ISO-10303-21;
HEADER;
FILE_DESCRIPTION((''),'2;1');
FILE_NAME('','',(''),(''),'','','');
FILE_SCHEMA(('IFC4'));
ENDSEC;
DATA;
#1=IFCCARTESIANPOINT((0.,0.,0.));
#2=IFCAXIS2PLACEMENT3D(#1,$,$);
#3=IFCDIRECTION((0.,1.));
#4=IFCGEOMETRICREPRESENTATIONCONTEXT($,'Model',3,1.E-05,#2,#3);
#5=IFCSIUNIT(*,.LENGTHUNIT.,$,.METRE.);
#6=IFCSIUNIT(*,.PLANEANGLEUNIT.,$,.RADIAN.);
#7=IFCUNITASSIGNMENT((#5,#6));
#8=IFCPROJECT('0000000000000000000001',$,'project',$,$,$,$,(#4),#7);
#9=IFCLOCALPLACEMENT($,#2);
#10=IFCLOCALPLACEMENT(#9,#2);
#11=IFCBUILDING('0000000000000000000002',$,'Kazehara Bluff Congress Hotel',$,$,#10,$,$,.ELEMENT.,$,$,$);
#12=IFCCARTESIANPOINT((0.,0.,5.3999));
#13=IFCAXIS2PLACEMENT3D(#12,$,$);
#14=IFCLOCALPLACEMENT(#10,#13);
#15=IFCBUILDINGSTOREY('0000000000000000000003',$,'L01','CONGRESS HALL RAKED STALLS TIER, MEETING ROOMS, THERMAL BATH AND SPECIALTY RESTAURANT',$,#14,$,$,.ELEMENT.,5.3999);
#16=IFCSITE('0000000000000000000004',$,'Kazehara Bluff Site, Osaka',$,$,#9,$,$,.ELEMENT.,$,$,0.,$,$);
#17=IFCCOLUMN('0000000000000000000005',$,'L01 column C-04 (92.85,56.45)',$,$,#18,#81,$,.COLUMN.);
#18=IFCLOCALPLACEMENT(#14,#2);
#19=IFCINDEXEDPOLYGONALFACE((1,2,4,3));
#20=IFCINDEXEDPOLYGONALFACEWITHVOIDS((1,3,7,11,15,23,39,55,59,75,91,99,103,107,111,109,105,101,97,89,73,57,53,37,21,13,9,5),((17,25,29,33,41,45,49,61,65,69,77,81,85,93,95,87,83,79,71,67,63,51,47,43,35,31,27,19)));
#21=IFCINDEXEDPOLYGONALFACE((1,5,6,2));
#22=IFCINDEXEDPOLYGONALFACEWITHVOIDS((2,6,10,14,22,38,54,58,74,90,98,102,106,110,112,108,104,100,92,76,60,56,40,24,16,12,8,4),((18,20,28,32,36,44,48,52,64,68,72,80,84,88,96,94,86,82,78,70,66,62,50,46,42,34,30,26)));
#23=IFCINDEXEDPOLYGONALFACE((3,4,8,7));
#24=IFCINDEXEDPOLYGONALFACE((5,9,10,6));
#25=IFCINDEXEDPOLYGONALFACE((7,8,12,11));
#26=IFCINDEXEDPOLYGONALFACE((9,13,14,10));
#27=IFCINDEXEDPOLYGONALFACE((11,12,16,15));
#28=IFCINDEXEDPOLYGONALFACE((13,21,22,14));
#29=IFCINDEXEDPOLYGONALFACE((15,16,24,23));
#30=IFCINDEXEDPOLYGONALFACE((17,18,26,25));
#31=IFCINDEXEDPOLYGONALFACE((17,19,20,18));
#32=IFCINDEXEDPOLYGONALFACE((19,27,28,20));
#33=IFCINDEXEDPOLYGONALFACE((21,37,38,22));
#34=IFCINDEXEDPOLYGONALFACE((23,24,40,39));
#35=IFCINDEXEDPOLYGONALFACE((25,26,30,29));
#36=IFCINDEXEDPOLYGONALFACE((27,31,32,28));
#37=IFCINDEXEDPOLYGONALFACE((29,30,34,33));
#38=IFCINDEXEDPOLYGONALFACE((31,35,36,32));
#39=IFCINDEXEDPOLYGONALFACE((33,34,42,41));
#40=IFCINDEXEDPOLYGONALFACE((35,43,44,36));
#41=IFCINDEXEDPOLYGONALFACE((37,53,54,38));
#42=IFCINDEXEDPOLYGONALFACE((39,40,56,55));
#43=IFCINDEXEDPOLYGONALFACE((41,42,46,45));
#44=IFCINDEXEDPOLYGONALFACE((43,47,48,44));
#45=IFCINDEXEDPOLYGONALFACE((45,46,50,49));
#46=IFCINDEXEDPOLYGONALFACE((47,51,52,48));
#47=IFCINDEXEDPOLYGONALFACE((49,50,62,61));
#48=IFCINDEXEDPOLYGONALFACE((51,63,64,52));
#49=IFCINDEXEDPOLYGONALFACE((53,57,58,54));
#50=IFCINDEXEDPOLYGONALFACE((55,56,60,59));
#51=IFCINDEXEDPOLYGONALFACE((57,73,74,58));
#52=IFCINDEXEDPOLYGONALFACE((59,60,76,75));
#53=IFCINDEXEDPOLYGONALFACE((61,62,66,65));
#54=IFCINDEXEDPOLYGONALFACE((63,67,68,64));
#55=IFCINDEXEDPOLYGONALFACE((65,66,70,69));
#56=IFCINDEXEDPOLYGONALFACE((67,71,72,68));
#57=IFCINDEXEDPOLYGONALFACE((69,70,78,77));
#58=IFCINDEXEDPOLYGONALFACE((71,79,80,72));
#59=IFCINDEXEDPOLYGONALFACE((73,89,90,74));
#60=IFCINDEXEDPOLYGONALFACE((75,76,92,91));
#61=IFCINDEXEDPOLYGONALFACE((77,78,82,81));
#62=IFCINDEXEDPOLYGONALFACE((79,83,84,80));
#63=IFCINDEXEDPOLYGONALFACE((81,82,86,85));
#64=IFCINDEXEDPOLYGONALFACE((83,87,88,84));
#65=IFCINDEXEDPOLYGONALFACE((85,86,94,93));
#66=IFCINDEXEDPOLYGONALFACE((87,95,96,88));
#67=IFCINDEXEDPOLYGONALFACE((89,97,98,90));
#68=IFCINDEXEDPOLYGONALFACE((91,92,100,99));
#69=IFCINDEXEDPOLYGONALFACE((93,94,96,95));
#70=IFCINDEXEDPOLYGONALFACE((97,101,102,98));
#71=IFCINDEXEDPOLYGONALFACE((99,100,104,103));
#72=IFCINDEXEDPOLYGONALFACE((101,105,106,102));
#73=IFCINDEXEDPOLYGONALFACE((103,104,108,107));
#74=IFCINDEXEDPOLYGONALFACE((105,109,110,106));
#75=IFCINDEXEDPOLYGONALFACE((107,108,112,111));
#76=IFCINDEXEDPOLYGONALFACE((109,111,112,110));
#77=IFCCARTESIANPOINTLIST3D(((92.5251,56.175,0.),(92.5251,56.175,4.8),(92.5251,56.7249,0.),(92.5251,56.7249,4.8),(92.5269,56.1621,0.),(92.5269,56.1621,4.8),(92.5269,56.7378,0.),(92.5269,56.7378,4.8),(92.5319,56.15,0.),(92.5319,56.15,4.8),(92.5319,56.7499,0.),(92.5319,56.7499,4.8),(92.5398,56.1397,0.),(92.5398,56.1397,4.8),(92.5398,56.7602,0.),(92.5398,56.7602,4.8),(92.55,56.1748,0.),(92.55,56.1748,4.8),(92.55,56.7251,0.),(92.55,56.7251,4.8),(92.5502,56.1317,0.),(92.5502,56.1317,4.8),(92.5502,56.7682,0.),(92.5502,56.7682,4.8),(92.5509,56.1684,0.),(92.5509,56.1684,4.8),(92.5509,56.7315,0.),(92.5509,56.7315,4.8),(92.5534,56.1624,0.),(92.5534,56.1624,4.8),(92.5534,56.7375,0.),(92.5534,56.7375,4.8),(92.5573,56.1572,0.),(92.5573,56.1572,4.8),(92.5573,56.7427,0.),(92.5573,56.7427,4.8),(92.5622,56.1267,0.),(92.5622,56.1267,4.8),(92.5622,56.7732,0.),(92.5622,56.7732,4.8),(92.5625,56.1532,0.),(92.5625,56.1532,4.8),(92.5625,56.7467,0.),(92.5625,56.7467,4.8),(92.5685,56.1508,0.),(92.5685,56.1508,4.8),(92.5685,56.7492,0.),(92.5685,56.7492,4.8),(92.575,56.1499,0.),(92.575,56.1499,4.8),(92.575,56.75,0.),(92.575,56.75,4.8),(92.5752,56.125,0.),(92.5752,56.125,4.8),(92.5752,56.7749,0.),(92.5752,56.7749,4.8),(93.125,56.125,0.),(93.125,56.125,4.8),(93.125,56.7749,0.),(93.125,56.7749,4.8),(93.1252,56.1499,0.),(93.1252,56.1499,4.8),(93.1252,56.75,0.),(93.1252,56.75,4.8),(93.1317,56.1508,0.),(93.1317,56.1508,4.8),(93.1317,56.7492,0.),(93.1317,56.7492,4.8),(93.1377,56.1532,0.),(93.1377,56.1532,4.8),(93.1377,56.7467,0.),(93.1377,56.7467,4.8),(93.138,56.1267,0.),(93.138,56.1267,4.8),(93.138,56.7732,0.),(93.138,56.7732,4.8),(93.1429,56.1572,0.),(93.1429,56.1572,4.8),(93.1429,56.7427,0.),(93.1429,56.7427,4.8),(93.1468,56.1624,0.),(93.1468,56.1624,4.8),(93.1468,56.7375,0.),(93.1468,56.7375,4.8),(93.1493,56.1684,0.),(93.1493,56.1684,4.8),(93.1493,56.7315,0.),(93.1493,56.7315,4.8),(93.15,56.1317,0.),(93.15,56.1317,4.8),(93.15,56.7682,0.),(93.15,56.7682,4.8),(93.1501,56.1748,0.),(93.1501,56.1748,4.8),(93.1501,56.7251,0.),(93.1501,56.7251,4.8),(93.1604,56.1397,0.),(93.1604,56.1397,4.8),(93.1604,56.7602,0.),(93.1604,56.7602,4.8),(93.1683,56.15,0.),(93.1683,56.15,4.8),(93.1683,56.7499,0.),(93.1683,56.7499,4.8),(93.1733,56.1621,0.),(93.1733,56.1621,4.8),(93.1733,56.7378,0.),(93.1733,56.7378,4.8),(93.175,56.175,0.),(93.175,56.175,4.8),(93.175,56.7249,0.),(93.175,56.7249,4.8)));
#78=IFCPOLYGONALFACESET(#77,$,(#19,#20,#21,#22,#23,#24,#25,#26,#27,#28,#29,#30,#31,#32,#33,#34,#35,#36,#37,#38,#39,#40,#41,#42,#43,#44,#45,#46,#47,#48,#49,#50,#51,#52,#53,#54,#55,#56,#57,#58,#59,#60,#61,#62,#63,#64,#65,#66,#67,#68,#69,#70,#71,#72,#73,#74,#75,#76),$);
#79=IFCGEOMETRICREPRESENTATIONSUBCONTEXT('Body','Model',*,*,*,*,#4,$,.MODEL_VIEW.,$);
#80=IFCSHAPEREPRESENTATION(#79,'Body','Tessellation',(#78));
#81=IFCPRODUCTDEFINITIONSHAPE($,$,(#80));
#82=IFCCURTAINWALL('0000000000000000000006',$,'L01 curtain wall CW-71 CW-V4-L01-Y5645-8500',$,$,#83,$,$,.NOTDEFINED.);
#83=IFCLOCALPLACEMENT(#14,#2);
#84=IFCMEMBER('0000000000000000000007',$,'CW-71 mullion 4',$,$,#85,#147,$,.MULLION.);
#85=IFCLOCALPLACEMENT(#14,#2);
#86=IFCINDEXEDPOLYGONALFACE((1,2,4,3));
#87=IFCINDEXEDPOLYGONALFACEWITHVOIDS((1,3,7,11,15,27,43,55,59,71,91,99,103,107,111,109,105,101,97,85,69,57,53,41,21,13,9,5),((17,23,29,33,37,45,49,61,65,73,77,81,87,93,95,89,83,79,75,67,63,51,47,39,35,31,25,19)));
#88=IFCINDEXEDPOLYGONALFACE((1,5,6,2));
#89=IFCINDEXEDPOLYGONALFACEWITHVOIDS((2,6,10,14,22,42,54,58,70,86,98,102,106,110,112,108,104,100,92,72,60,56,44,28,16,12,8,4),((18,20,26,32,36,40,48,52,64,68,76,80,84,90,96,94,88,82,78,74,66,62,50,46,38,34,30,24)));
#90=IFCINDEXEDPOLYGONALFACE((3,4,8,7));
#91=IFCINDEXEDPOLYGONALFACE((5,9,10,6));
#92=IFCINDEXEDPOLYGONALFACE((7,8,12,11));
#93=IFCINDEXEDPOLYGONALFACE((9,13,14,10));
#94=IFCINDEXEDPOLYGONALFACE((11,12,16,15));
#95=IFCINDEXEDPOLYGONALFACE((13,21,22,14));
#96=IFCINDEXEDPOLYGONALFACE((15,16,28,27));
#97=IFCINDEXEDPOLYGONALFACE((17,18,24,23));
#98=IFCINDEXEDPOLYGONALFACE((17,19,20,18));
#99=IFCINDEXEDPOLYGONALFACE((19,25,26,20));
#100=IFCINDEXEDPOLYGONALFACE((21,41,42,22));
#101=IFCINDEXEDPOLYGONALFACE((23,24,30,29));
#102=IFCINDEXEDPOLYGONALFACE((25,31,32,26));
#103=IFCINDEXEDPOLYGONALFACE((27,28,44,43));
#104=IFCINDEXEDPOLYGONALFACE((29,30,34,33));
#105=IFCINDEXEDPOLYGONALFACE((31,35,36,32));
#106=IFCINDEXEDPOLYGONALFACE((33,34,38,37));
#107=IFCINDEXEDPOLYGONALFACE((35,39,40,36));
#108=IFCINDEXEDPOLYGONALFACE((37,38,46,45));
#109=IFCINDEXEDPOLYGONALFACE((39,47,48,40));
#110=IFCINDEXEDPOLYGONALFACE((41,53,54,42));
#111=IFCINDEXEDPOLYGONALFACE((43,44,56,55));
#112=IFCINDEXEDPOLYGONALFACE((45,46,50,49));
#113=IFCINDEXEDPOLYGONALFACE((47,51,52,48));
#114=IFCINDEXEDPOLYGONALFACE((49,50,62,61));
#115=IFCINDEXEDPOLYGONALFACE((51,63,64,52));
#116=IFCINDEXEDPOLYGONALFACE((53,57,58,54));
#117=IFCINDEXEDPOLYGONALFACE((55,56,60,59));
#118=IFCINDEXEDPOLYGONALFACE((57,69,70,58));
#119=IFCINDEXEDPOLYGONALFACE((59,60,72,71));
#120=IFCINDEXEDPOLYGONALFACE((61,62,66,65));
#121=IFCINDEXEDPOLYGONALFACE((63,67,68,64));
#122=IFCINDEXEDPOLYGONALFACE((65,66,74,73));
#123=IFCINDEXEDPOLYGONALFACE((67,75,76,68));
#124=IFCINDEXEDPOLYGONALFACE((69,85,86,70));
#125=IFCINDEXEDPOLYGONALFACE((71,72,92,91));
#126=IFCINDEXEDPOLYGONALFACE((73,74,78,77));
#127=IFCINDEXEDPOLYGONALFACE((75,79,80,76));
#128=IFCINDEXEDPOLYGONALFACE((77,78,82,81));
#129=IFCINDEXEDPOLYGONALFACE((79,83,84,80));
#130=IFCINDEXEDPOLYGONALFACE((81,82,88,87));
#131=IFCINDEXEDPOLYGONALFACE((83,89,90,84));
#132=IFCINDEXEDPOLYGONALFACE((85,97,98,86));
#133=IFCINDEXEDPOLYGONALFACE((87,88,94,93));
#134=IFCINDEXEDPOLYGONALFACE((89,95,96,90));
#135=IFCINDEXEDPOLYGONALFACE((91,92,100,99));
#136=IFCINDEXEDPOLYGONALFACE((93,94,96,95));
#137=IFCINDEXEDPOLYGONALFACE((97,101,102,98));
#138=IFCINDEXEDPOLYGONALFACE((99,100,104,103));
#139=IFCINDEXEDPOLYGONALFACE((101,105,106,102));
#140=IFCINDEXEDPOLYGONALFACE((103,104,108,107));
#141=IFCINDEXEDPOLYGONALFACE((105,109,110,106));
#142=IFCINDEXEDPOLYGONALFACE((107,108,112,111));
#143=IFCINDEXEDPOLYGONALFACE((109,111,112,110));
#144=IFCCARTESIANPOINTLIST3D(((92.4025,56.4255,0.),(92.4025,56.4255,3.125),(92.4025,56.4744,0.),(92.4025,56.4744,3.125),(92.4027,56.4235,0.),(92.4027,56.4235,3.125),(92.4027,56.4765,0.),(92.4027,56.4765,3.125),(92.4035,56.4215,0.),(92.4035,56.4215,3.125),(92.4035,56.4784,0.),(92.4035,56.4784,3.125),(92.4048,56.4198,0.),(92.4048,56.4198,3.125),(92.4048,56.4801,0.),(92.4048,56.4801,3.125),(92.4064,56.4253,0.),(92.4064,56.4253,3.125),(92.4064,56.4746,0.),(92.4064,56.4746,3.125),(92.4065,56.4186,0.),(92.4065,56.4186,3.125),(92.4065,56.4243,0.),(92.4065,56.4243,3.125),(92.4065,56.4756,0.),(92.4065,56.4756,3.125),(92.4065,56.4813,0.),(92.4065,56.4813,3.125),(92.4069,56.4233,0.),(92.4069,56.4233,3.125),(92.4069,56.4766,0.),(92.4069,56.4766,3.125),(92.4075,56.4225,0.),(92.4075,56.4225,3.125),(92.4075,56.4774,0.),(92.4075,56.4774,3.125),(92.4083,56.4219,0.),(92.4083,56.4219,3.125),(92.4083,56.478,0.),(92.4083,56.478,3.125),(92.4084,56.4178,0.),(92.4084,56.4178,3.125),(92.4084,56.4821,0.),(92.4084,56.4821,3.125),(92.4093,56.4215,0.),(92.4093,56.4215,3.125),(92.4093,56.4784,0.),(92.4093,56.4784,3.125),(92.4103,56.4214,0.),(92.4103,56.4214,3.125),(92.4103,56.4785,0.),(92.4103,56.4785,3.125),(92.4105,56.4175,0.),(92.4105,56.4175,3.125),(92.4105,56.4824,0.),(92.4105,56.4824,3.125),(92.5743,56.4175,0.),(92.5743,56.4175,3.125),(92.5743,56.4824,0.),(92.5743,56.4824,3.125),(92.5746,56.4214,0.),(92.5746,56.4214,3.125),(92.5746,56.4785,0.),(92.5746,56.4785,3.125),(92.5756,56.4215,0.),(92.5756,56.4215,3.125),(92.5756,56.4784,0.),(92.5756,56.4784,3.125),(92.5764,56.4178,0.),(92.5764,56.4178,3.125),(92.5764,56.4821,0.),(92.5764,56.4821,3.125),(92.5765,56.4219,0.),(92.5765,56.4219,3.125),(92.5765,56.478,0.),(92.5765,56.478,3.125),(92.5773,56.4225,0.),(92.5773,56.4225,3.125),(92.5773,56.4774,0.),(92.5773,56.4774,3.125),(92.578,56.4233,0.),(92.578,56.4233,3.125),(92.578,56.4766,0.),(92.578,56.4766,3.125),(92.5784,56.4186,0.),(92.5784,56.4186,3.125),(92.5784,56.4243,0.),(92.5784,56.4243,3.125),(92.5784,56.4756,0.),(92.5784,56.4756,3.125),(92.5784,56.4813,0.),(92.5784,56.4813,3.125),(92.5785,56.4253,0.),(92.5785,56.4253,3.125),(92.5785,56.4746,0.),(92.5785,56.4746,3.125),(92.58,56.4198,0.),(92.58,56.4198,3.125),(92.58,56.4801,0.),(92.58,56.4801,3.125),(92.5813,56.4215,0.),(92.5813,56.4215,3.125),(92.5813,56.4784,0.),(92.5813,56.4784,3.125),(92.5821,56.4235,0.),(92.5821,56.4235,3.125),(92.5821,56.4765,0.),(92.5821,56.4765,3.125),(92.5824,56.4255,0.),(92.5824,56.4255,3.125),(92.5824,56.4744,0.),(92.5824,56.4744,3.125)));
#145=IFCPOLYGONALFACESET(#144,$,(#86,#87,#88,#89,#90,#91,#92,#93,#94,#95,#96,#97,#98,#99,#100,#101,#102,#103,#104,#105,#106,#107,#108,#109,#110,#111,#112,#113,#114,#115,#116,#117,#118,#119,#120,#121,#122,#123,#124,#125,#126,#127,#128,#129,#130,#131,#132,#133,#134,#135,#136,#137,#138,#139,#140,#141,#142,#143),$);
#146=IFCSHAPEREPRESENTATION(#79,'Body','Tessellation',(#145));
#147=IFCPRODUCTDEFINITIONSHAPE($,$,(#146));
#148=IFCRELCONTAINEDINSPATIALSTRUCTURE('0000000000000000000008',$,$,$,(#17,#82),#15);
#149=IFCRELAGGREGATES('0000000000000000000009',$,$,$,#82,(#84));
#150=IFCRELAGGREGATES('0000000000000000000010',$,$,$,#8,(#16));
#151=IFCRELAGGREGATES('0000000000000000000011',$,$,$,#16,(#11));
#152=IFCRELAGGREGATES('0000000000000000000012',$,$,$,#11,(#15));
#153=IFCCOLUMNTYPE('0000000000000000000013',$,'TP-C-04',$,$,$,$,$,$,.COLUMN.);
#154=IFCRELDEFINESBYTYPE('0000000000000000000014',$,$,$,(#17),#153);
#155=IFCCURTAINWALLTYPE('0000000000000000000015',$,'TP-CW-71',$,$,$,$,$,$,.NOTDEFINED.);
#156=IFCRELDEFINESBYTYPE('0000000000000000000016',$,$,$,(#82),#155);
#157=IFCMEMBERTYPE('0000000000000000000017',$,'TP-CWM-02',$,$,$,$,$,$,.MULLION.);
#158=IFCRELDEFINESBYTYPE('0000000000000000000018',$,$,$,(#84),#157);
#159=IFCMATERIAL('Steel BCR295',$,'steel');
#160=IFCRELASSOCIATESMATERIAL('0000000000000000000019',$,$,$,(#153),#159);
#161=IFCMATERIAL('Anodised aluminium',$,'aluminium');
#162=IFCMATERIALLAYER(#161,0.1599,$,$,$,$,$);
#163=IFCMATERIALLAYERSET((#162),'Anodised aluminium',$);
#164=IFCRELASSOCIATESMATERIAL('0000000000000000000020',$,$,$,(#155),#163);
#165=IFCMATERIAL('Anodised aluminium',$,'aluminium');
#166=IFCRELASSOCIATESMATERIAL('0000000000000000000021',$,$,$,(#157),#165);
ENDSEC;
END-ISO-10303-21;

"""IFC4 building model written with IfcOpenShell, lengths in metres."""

from ifc_helpers import new_model, si_unit, direction, frame, origin, origin_2d, place, context, subcontext, project, spatial, hollow_rectangle, extrude, material, layer, layer_set, material_profile, profile_set, type_object, element, aggregate, save


model = new_model("IFC4")

# Units and contexts
model_context = context("Model", 3, precision=1e-05, world=origin(), true_north=direction((0.0, 1.0)))
body_context = subcontext(model_context, "Body", "Model", "MODEL_VIEW")
ifc_project = project(units=[si_unit("LENGTHUNIT", "METRE"), si_unit("PLANEANGLEUNIT", "RADIAN")], contexts=[model_context])

# Site, building, storey
site_placement = place(None, origin())
site = spatial("IfcSite", under=ifc_project, at=site_placement, Name="Kazehara Bluff Site, Osaka", CompositionType="ELEMENT", RefElevation=0.0)
building_placement = place(site_placement, origin())
building = spatial("IfcBuilding", under=site, at=building_placement, Name="Kazehara Bluff Congress Hotel", CompositionType="ELEMENT")
storey_placement = place(building_placement, frame((0.0, 0.0, 5.3999)))
storey = spatial("IfcBuildingStorey", under=building, at=storey_placement, Name="L01", Description="CONGRESS HALL RAKED STALLS TIER, MEETING ROOMS, THERMAL BATH AND SPECIALTY RESTAURANT", CompositionType="ELEMENT", Elevation=5.3999)

# Column
ifc_material_1 = material(Name="Steel BCR295", Category="steel")
ifc_material_profile_1 = material_profile(ifc_material_1, hollow_rectangle(XDim=0.6499, YDim=0.6499, WallThickness=0.0249, InnerFilletRadius=0.0249, OuterFilletRadius=0.05, at=origin_2d()))
ifc_profile_set_1 = profile_set([ifc_material_profile_1], Name="Steel BCR295")
column_type = type_object("IfcColumnType", Name="TP-C-04", PredefinedType="COLUMN", material=ifc_profile_set_1)
column_placement = place(storey_placement, frame((92.8501, 56.45, 0.0), z_axis=(0.0, 0.0, 1.0), x_axis=(1.0, 0.0, 0.0)))
element("IfcColumn", 1, at=column_placement, inside=storey, type_object=column_type, Name="L01 column C-04 (92.85,56.45)", PredefinedType="COLUMN", context=body_context, shape_type="SweptSolid", body=[
    extrude(hollow_rectangle(XDim=0.6499, YDim=0.6499, WallThickness=0.0249, InnerFilletRadius=0.0249, OuterFilletRadius=0.05, at=origin_2d()), origin(), (0.0, 0.0, 1.0), 4.8),
])

# Curtain wall, member
ifc_material_2 = material(Name="Anodised aluminium", Category="aluminium")
ifc_layer_1 = layer(ifc_material_2, 0.1599)
ifc_layer_set_1 = layer_set([ifc_layer_1], Name="Anodised aluminium")
curtain_wall_type_1 = type_object("IfcCurtainWallType", Name="TP-CW-71", PredefinedType="NOTDEFINED", material=ifc_layer_set_1)
curtain_wall_1_placement = place(storey_placement, origin())
curtain_wall_1 = element("IfcCurtainWall", 2, at=curtain_wall_1_placement, inside=storey, type_object=curtain_wall_type_1, Name="L01 curtain wall CW-71 CW-V4-L01-Y5645-8500", PredefinedType="NOTDEFINED")
ifc_material_3 = material(Name="Anodised aluminium", Category="aluminium")
ifc_material_profile_2 = material_profile(ifc_material_3, hollow_rectangle(XDim=0.0649, YDim=0.1799, WallThickness=0.0039, InnerFilletRadius=0.0039, OuterFilletRadius=0.0081, at=origin_2d()))
ifc_profile_set_2 = profile_set([ifc_material_profile_2], Name="Anodised aluminium")
member_type_1 = type_object("IfcMemberType", Name="TP-CWM-02", PredefinedType="MULLION", material=ifc_profile_set_2)
member_1_placement = place(storey_placement, frame((92.4924, 56.45, 0.0), z_axis=(0.0, 0.0, 1.0), x_axis=(0.0, 1.0, 0.0)))
member_1 = element("IfcMember", 3, at=member_1_placement, type_object=member_type_1, Name="CW-71 mullion 4", PredefinedType="MULLION", context=body_context, shape_type="SweptSolid", body=[
    extrude(hollow_rectangle(XDim=0.0649, YDim=0.1799, WallThickness=0.0039, InnerFilletRadius=0.0039, OuterFilletRadius=0.0081, at=origin_2d()), origin(), (0.0, 0.0, 1.0), 3.125),
])

aggregate(curtain_wall_1, [member_1])

save(model, "model.ifc")
